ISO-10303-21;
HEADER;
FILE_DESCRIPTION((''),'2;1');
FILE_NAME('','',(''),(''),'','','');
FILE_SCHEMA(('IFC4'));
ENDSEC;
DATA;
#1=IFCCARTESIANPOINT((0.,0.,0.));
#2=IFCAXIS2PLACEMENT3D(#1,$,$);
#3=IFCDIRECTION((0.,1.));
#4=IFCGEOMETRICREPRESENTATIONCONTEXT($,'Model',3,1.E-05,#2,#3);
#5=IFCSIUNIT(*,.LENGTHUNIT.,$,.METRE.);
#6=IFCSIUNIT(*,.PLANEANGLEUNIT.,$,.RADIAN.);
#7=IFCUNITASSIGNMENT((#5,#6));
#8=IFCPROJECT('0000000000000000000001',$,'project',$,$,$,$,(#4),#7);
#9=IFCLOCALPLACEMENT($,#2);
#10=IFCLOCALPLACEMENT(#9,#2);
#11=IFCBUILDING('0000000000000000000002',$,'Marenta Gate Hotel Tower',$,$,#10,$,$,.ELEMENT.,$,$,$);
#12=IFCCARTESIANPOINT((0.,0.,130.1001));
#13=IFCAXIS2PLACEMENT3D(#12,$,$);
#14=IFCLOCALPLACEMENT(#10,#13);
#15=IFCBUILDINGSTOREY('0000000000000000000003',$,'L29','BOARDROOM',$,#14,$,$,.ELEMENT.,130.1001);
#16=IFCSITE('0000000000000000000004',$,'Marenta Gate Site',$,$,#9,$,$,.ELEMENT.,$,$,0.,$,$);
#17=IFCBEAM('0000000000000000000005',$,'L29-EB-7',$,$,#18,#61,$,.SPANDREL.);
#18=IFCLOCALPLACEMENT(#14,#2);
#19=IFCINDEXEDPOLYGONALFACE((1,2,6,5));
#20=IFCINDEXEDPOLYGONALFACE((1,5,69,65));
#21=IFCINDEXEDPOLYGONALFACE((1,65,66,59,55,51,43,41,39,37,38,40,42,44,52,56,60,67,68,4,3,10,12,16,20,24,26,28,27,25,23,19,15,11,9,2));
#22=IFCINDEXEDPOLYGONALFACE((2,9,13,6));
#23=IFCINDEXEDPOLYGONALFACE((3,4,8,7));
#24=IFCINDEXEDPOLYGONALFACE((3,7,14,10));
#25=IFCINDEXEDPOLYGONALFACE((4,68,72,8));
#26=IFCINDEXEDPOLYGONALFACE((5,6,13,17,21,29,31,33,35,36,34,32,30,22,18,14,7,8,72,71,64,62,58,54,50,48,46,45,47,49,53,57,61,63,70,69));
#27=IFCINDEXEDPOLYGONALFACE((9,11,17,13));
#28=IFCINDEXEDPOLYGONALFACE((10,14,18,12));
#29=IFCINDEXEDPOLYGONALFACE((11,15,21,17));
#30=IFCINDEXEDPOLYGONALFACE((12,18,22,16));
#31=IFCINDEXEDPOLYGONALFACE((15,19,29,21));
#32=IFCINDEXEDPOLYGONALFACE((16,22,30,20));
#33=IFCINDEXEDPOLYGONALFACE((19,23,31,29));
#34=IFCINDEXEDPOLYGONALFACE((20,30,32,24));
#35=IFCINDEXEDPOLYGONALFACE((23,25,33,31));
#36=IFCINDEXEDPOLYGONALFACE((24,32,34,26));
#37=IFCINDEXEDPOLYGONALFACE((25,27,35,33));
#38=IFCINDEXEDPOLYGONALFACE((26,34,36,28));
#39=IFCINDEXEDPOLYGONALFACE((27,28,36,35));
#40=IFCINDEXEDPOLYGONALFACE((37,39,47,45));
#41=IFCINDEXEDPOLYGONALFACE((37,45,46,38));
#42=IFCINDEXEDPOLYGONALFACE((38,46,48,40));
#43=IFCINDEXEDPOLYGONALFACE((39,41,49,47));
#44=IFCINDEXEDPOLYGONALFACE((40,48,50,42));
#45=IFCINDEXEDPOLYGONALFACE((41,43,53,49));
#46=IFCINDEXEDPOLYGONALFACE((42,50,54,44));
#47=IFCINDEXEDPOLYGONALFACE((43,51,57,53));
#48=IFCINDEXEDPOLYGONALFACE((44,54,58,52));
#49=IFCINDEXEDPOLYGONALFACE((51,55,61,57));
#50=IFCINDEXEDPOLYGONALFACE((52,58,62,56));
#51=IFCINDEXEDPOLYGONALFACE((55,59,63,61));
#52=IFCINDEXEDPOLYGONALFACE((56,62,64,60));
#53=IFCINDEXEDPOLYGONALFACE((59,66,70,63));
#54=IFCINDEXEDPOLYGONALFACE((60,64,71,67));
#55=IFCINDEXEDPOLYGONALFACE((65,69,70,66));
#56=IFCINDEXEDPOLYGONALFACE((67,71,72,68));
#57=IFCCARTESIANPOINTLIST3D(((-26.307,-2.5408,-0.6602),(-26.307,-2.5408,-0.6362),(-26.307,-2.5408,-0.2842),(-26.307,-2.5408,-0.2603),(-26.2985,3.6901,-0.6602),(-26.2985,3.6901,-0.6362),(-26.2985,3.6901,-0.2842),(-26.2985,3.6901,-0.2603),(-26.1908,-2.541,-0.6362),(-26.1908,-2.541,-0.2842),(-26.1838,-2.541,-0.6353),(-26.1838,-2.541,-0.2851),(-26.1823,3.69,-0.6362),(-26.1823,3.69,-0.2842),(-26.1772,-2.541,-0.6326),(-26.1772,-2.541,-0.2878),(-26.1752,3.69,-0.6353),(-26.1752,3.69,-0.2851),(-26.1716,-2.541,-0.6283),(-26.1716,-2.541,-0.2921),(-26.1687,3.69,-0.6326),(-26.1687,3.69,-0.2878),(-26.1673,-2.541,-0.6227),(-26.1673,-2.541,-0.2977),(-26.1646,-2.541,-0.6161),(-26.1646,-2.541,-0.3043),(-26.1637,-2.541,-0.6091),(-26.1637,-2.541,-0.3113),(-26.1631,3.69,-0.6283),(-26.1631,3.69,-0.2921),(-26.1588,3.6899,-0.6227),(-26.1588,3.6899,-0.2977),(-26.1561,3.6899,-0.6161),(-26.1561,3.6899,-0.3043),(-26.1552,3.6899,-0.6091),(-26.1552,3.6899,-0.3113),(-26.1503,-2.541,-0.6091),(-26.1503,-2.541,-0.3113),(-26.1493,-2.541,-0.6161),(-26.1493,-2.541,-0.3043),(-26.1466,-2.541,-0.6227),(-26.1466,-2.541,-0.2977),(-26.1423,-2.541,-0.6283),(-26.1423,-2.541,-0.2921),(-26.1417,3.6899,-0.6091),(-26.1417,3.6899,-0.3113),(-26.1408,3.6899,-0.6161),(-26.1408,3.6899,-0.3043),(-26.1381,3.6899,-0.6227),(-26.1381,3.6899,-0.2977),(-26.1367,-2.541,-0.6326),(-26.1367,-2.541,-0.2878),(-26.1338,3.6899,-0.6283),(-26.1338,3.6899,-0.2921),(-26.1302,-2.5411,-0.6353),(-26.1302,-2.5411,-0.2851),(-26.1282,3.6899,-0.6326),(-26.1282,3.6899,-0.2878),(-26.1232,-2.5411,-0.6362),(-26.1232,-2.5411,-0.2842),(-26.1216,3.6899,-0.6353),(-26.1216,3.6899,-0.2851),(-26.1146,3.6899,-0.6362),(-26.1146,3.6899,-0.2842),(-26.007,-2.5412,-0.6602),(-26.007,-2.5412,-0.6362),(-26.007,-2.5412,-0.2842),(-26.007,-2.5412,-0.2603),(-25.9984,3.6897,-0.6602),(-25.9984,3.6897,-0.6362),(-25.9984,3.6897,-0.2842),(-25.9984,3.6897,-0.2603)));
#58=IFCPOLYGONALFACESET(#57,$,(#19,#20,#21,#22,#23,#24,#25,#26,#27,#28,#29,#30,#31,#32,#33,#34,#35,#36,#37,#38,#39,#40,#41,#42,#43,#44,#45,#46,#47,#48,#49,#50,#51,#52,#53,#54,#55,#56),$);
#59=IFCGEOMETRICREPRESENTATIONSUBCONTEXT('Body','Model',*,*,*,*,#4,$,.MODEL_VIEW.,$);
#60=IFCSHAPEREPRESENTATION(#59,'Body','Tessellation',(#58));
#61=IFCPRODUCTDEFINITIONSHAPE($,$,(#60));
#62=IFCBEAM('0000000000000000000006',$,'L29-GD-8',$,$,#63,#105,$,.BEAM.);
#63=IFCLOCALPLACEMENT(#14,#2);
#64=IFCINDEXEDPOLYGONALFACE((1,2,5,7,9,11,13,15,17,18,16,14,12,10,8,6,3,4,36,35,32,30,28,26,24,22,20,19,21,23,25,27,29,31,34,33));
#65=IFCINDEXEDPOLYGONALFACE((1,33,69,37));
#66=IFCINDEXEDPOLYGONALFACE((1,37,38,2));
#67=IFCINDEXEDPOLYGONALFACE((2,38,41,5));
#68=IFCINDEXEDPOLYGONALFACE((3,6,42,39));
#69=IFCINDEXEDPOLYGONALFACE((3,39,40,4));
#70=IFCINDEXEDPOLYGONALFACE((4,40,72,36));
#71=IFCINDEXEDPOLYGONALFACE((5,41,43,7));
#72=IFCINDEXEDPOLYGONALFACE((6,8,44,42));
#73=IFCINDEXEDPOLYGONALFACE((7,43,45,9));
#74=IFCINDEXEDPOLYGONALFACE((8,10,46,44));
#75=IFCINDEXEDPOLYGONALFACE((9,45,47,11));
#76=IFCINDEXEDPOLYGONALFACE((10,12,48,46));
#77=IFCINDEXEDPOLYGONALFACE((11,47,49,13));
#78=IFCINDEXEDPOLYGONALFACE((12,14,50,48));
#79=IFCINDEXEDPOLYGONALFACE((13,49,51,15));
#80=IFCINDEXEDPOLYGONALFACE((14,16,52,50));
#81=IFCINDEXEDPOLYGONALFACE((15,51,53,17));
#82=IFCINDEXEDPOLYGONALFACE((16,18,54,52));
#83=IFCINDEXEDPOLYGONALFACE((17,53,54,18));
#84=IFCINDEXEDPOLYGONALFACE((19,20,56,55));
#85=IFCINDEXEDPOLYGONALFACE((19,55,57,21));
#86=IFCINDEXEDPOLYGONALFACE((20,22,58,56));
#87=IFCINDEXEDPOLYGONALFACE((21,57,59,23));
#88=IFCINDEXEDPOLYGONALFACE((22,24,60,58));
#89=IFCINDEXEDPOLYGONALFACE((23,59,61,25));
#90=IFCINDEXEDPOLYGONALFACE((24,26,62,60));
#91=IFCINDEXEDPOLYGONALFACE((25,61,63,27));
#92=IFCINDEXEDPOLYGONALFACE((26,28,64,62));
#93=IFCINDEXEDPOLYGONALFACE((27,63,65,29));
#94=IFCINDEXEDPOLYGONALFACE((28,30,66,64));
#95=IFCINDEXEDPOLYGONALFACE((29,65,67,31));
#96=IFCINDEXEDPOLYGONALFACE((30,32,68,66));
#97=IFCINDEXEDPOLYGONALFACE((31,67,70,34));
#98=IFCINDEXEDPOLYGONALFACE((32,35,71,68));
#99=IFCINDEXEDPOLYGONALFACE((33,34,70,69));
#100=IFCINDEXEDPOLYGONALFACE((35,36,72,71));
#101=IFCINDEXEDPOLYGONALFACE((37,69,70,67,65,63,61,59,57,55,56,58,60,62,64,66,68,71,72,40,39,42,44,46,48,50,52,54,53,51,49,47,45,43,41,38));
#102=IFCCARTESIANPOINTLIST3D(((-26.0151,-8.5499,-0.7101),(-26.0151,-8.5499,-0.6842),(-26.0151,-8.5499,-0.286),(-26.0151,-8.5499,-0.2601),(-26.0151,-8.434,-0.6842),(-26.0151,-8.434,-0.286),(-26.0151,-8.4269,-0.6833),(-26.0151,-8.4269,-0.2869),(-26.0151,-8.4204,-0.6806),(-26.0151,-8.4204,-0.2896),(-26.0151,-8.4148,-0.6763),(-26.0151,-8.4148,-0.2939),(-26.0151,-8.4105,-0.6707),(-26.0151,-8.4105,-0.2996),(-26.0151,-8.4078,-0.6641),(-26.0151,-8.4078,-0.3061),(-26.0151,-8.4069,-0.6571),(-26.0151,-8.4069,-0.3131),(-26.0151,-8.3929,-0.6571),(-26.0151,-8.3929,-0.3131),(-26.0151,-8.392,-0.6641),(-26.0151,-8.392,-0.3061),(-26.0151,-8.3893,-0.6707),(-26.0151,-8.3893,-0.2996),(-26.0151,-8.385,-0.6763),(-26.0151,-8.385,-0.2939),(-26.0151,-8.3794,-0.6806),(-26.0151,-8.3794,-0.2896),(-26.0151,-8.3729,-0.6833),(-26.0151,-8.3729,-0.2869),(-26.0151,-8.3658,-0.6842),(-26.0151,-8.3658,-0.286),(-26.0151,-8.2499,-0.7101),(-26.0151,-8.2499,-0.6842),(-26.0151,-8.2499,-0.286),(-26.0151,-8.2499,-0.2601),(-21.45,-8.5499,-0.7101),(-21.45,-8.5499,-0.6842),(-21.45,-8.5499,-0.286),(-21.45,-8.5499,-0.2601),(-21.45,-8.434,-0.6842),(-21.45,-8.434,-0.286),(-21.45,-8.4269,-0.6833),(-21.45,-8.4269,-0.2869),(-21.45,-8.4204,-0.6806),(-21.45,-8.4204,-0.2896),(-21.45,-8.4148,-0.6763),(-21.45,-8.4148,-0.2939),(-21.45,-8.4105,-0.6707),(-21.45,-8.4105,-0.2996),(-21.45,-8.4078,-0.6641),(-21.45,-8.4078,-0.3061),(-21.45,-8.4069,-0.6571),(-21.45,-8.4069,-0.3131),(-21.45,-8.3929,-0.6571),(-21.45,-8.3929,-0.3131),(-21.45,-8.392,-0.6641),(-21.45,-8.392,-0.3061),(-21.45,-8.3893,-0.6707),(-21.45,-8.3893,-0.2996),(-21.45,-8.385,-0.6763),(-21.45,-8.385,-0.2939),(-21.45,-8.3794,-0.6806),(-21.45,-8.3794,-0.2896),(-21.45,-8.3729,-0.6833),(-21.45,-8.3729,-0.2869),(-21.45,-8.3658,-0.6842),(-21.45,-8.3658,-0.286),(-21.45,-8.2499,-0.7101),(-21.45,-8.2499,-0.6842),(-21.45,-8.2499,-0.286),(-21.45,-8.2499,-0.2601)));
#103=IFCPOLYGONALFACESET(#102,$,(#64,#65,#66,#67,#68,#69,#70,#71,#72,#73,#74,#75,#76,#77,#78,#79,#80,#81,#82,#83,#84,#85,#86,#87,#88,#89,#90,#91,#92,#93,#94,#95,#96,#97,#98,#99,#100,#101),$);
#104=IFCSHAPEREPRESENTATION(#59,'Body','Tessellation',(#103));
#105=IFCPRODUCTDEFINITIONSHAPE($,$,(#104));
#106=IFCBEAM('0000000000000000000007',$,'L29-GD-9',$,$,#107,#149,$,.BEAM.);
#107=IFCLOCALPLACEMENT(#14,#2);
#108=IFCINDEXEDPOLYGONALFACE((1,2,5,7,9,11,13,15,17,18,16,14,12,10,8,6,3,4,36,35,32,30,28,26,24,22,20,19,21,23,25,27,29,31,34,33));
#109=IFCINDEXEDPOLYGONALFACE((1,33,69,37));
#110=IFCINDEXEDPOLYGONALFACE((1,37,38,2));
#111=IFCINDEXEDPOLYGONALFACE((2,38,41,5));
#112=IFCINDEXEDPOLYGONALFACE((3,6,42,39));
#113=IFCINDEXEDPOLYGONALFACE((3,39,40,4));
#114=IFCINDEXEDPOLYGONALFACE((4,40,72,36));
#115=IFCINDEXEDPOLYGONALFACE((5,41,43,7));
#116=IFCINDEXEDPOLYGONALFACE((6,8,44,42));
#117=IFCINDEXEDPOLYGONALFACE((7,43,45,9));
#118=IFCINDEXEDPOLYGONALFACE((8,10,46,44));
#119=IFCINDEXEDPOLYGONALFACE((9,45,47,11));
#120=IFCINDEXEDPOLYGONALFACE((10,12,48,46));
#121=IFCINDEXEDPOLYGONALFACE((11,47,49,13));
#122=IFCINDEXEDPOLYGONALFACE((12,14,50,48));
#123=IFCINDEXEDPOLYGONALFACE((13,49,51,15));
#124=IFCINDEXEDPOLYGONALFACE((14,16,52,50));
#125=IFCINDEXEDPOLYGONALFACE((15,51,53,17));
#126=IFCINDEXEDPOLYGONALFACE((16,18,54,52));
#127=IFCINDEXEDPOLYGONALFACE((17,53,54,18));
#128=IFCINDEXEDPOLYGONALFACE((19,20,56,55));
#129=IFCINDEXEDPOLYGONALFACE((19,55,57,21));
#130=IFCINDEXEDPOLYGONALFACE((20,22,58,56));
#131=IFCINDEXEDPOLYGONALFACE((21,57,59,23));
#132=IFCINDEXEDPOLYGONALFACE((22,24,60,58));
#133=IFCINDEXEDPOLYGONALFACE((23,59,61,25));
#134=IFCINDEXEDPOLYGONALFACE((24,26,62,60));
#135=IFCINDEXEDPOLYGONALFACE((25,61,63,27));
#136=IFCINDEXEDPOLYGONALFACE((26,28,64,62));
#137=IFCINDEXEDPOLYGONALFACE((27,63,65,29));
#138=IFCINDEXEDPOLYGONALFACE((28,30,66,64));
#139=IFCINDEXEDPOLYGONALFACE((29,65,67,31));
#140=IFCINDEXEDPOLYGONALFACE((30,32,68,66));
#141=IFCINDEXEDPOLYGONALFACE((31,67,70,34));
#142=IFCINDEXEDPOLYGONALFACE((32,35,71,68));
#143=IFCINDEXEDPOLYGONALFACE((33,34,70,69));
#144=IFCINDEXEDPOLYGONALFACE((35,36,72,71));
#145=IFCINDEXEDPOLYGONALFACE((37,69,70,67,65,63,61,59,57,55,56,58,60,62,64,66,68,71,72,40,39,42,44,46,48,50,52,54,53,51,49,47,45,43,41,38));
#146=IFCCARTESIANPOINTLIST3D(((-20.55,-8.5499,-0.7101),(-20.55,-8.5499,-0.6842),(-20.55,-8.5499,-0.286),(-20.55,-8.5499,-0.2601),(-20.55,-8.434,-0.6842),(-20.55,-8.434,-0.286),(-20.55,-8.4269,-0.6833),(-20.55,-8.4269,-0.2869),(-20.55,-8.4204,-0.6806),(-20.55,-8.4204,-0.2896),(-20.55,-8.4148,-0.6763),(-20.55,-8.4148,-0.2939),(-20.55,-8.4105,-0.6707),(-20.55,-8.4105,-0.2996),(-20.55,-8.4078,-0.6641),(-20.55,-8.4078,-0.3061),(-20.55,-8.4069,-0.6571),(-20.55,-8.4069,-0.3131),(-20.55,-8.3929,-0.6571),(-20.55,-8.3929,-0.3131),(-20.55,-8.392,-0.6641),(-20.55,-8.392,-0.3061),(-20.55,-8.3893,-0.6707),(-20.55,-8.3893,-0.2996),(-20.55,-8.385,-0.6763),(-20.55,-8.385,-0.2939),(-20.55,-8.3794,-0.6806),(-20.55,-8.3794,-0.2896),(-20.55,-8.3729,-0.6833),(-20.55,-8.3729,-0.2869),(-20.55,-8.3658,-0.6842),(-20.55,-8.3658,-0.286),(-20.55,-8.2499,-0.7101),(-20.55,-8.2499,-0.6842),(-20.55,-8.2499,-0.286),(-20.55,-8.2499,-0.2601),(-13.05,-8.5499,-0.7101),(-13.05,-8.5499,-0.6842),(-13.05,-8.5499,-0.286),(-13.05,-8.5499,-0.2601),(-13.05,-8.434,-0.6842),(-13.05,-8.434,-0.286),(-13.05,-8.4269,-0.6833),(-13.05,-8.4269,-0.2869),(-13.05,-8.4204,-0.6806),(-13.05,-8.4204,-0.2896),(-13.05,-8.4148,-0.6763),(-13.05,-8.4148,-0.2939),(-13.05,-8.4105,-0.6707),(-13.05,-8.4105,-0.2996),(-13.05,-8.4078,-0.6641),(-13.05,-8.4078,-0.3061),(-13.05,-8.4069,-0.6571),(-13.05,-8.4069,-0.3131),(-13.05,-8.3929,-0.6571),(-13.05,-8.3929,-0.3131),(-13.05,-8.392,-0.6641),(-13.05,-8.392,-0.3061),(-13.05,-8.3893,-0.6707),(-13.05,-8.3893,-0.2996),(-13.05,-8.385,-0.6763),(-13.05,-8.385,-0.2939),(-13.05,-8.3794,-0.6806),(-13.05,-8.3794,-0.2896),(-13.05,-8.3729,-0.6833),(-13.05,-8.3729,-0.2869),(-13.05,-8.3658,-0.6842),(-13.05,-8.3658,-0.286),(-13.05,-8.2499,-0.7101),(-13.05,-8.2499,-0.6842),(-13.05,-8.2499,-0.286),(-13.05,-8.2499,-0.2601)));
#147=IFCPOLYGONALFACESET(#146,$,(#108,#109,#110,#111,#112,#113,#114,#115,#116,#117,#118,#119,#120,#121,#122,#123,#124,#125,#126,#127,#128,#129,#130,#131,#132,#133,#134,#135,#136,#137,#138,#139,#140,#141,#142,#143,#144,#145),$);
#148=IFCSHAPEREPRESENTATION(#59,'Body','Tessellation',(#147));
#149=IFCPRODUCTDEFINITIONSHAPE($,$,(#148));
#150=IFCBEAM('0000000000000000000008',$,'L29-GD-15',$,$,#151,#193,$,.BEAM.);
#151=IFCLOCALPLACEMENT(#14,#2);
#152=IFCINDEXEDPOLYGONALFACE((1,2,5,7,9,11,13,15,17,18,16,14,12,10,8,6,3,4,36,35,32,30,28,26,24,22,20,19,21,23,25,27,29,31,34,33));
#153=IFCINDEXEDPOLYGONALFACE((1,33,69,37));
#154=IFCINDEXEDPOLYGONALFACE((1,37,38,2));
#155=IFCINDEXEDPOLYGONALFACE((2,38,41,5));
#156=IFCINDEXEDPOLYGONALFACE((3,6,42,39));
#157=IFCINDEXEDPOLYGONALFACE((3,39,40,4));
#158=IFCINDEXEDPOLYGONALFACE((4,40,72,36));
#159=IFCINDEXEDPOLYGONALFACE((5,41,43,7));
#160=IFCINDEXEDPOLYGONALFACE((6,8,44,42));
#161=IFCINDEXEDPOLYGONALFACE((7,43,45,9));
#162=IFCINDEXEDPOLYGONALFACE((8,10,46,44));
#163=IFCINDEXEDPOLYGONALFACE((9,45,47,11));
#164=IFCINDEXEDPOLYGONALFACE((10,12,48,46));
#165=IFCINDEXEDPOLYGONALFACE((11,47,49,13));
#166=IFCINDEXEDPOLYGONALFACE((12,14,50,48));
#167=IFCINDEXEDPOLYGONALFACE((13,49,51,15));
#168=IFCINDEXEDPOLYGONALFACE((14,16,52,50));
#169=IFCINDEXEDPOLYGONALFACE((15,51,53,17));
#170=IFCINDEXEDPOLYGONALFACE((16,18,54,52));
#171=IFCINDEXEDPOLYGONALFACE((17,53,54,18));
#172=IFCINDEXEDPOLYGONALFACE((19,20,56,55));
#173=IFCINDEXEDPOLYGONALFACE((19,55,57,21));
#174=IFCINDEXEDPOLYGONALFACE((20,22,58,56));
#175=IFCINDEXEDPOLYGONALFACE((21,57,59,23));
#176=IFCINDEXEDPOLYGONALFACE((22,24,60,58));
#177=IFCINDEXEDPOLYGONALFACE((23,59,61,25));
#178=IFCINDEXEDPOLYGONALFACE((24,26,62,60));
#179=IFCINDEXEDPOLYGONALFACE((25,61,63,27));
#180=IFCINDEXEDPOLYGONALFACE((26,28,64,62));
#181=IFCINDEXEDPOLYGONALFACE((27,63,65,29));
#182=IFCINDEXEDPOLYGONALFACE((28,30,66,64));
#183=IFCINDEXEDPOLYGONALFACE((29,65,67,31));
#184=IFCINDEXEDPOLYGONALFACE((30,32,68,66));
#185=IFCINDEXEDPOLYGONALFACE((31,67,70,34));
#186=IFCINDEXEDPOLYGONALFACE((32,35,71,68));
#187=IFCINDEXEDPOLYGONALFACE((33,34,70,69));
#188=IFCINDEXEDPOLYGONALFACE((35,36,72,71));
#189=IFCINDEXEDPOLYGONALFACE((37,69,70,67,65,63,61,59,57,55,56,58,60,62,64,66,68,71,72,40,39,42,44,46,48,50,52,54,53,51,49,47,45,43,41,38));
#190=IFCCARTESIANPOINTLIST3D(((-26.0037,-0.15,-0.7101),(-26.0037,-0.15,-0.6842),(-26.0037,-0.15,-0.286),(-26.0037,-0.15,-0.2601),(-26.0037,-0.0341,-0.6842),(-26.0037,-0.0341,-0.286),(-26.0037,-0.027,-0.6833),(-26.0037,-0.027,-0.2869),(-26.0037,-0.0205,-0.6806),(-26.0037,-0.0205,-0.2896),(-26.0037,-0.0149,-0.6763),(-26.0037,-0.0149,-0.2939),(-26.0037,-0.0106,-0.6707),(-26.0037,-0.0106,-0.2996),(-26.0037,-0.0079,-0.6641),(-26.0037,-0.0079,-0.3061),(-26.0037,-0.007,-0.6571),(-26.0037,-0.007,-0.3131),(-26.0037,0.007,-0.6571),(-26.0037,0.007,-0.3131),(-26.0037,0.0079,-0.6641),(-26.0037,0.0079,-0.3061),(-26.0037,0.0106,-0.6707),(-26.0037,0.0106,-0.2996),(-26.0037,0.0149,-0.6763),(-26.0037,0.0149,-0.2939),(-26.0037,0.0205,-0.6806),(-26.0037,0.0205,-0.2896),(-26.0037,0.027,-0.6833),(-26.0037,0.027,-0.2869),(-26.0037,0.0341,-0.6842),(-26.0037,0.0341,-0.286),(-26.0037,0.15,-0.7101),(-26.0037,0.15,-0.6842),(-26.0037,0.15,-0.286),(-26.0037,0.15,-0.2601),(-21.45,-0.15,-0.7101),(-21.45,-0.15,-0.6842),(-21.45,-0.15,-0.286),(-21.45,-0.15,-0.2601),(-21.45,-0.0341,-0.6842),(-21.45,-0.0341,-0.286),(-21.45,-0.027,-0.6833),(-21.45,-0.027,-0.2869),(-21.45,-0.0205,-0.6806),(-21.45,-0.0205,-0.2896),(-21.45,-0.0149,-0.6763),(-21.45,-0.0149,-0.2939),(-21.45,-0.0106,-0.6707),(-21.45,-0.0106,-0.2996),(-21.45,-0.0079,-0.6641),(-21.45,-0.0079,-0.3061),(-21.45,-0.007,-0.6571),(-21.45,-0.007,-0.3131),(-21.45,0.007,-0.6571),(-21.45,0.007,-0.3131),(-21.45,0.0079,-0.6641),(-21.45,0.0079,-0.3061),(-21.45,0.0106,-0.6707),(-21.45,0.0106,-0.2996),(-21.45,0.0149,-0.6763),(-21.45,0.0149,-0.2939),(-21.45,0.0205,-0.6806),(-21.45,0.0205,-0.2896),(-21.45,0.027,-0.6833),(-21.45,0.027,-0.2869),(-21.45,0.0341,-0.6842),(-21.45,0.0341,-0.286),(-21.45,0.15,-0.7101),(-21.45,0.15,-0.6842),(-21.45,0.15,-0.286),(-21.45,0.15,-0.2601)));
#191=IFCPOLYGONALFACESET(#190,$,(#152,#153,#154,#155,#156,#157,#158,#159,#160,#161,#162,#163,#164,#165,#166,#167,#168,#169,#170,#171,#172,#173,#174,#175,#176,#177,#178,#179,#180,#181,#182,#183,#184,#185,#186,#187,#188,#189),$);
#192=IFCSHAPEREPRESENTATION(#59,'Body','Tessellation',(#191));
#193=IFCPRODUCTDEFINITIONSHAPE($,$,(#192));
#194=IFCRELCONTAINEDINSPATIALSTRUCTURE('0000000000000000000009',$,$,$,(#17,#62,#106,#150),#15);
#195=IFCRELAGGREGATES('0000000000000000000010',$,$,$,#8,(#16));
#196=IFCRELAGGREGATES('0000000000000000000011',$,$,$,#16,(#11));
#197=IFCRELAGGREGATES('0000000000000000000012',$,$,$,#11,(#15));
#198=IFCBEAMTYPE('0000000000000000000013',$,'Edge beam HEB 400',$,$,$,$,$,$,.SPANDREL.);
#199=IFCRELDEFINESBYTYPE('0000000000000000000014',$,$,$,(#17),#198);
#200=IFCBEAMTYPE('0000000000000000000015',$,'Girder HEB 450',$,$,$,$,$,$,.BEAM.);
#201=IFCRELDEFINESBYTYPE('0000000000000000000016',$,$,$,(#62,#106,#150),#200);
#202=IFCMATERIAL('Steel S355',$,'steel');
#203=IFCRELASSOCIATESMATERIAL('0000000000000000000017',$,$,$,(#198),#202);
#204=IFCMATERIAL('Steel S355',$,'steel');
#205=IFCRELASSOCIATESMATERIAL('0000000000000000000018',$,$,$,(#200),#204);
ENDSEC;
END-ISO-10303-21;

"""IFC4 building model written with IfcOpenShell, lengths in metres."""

from ifc_helpers import new_model, si_unit, direction, frame, origin, origin_2d, place, context, subcontext, project, spatial, i_section, extrude, material, material_profile, profile_set, type_object, element, save


model = new_model("IFC4")

# Units and contexts
model_context = context("Model", 3, precision=1e-05, world=origin(), true_north=direction((0.0, 1.0)))
body_context = subcontext(model_context, "Body", "Model", "MODEL_VIEW")
ifc_project = project(units=[si_unit("LENGTHUNIT", "METRE"), si_unit("PLANEANGLEUNIT", "RADIAN")], contexts=[model_context])

# Site, building, storey
site_placement = place(None, origin())
site = spatial("IfcSite", under=ifc_project, at=site_placement, Name="Marenta Gate Site", CompositionType="ELEMENT", RefElevation=0.0)
building_placement = place(site_placement, origin())
building = spatial("IfcBuilding", under=site, at=building_placement, Name="Marenta Gate Hotel Tower", CompositionType="ELEMENT")
storey_placement = place(building_placement, frame((0.0, 0.0, 130.1001)))
storey = spatial("IfcBuildingStorey", under=building, at=storey_placement, Name="L29", Description="BOARDROOM", CompositionType="ELEMENT", Elevation=130.1001)

# Beams
ifc_material_1 = material(Name="Steel S355", Category="steel")
ifc_material_profile_1 = material_profile(ifc_material_1, i_section(OverallWidth=0.3, OverallDepth=0.3999, WebThickness=0.0134, FlangeThickness=0.0239, FilletRadius=0.0271, at=origin_2d()), Name="HEB 400")
ifc_profile_set_1 = profile_set([ifc_material_profile_1], Name="Steel S355")
beam_type_1 = type_object("IfcBeamType", Name="Edge beam HEB 400", PredefinedType="SPANDREL", material=ifc_profile_set_1)
beam_1_placement = place(storey_placement, frame((-26.157, -2.541, -0.4602), z_axis=(0.001371, 0.999999, 0.0), x_axis=(-0.999999, 0.001371, 0.0)))
element("IfcBeam", 1, at=beam_1_placement, inside=storey, type_object=beam_type_1, Name="L29-EB-7", PredefinedType="SPANDREL", context=body_context, shape_type="SweptSolid", body=[
    extrude(i_section(OverallWidth=0.3, OverallDepth=0.3999, WebThickness=0.0134, FlangeThickness=0.0239, FilletRadius=0.0271, at=origin_2d()), origin(), (0.0, 0.0, 1.0), 6.231),
])
ifc_material_2 = material(Name="Steel S355", Category="steel")
ifc_material_profile_2 = material_profile(ifc_material_2, i_section(OverallWidth=0.3, OverallDepth=0.45, WebThickness=0.0139, FlangeThickness=0.0259, FilletRadius=0.0271, at=origin_2d()), Name="HEB 450")
ifc_profile_set_2 = profile_set([ifc_material_profile_2], Name="Steel S355")
beam_type_2 = type_object("IfcBeamType", Name="Girder HEB 450", PredefinedType="BEAM", material=ifc_profile_set_2)
beam_2_placement = place(storey_placement, frame((-26.0151, -8.3999, -0.4851), z_axis=(1.0, 0.0, 0.0), x_axis=(0.0, 1.0, 0.0)))
element("IfcBeam", 2, at=beam_2_placement, inside=storey, type_object=beam_type_2, Name="L29-GD-8", PredefinedType="BEAM", context=body_context, shape_type="SweptSolid", body=[
    extrude(i_section(OverallWidth=0.3, OverallDepth=0.45, WebThickness=0.0139, FlangeThickness=0.0259, FilletRadius=0.0271, at=origin_2d()), origin(), (0.0, 0.0, 1.0), 4.5652),
])
beam_3_placement = place(storey_placement, frame((-20.55, -8.3999, -0.4851), z_axis=(1.0, 0.0, 0.0), x_axis=(0.0, 1.0, 0.0)))
element("IfcBeam", 3, at=beam_3_placement, inside=storey, type_object=beam_type_2, Name="L29-GD-9", PredefinedType="BEAM", context=body_context, shape_type="SweptSolid", body=[
    extrude(i_section(OverallWidth=0.3, OverallDepth=0.45, WebThickness=0.0139, FlangeThickness=0.0259, FilletRadius=0.0271, at=origin_2d()), origin(), (0.0, 0.0, 1.0), 7.5),
])
beam_4_placement = place(storey_placement, frame((-26.0037, 0.0, -0.4851), z_axis=(1.0, 0.0, 0.0), x_axis=(0.0, 1.0, 0.0)))
element("IfcBeam", 4, at=beam_4_placement, inside=storey, type_object=beam_type_2, Name="L29-GD-15", PredefinedType="BEAM", context=body_context, shape_type="SweptSolid", body=[
    extrude(i_section(OverallWidth=0.3, OverallDepth=0.45, WebThickness=0.0139, FlangeThickness=0.0259, FilletRadius=0.0271, at=origin_2d()), origin(), (0.0, 0.0, 1.0), 4.5537),
])

save(model, "model.ifc")
